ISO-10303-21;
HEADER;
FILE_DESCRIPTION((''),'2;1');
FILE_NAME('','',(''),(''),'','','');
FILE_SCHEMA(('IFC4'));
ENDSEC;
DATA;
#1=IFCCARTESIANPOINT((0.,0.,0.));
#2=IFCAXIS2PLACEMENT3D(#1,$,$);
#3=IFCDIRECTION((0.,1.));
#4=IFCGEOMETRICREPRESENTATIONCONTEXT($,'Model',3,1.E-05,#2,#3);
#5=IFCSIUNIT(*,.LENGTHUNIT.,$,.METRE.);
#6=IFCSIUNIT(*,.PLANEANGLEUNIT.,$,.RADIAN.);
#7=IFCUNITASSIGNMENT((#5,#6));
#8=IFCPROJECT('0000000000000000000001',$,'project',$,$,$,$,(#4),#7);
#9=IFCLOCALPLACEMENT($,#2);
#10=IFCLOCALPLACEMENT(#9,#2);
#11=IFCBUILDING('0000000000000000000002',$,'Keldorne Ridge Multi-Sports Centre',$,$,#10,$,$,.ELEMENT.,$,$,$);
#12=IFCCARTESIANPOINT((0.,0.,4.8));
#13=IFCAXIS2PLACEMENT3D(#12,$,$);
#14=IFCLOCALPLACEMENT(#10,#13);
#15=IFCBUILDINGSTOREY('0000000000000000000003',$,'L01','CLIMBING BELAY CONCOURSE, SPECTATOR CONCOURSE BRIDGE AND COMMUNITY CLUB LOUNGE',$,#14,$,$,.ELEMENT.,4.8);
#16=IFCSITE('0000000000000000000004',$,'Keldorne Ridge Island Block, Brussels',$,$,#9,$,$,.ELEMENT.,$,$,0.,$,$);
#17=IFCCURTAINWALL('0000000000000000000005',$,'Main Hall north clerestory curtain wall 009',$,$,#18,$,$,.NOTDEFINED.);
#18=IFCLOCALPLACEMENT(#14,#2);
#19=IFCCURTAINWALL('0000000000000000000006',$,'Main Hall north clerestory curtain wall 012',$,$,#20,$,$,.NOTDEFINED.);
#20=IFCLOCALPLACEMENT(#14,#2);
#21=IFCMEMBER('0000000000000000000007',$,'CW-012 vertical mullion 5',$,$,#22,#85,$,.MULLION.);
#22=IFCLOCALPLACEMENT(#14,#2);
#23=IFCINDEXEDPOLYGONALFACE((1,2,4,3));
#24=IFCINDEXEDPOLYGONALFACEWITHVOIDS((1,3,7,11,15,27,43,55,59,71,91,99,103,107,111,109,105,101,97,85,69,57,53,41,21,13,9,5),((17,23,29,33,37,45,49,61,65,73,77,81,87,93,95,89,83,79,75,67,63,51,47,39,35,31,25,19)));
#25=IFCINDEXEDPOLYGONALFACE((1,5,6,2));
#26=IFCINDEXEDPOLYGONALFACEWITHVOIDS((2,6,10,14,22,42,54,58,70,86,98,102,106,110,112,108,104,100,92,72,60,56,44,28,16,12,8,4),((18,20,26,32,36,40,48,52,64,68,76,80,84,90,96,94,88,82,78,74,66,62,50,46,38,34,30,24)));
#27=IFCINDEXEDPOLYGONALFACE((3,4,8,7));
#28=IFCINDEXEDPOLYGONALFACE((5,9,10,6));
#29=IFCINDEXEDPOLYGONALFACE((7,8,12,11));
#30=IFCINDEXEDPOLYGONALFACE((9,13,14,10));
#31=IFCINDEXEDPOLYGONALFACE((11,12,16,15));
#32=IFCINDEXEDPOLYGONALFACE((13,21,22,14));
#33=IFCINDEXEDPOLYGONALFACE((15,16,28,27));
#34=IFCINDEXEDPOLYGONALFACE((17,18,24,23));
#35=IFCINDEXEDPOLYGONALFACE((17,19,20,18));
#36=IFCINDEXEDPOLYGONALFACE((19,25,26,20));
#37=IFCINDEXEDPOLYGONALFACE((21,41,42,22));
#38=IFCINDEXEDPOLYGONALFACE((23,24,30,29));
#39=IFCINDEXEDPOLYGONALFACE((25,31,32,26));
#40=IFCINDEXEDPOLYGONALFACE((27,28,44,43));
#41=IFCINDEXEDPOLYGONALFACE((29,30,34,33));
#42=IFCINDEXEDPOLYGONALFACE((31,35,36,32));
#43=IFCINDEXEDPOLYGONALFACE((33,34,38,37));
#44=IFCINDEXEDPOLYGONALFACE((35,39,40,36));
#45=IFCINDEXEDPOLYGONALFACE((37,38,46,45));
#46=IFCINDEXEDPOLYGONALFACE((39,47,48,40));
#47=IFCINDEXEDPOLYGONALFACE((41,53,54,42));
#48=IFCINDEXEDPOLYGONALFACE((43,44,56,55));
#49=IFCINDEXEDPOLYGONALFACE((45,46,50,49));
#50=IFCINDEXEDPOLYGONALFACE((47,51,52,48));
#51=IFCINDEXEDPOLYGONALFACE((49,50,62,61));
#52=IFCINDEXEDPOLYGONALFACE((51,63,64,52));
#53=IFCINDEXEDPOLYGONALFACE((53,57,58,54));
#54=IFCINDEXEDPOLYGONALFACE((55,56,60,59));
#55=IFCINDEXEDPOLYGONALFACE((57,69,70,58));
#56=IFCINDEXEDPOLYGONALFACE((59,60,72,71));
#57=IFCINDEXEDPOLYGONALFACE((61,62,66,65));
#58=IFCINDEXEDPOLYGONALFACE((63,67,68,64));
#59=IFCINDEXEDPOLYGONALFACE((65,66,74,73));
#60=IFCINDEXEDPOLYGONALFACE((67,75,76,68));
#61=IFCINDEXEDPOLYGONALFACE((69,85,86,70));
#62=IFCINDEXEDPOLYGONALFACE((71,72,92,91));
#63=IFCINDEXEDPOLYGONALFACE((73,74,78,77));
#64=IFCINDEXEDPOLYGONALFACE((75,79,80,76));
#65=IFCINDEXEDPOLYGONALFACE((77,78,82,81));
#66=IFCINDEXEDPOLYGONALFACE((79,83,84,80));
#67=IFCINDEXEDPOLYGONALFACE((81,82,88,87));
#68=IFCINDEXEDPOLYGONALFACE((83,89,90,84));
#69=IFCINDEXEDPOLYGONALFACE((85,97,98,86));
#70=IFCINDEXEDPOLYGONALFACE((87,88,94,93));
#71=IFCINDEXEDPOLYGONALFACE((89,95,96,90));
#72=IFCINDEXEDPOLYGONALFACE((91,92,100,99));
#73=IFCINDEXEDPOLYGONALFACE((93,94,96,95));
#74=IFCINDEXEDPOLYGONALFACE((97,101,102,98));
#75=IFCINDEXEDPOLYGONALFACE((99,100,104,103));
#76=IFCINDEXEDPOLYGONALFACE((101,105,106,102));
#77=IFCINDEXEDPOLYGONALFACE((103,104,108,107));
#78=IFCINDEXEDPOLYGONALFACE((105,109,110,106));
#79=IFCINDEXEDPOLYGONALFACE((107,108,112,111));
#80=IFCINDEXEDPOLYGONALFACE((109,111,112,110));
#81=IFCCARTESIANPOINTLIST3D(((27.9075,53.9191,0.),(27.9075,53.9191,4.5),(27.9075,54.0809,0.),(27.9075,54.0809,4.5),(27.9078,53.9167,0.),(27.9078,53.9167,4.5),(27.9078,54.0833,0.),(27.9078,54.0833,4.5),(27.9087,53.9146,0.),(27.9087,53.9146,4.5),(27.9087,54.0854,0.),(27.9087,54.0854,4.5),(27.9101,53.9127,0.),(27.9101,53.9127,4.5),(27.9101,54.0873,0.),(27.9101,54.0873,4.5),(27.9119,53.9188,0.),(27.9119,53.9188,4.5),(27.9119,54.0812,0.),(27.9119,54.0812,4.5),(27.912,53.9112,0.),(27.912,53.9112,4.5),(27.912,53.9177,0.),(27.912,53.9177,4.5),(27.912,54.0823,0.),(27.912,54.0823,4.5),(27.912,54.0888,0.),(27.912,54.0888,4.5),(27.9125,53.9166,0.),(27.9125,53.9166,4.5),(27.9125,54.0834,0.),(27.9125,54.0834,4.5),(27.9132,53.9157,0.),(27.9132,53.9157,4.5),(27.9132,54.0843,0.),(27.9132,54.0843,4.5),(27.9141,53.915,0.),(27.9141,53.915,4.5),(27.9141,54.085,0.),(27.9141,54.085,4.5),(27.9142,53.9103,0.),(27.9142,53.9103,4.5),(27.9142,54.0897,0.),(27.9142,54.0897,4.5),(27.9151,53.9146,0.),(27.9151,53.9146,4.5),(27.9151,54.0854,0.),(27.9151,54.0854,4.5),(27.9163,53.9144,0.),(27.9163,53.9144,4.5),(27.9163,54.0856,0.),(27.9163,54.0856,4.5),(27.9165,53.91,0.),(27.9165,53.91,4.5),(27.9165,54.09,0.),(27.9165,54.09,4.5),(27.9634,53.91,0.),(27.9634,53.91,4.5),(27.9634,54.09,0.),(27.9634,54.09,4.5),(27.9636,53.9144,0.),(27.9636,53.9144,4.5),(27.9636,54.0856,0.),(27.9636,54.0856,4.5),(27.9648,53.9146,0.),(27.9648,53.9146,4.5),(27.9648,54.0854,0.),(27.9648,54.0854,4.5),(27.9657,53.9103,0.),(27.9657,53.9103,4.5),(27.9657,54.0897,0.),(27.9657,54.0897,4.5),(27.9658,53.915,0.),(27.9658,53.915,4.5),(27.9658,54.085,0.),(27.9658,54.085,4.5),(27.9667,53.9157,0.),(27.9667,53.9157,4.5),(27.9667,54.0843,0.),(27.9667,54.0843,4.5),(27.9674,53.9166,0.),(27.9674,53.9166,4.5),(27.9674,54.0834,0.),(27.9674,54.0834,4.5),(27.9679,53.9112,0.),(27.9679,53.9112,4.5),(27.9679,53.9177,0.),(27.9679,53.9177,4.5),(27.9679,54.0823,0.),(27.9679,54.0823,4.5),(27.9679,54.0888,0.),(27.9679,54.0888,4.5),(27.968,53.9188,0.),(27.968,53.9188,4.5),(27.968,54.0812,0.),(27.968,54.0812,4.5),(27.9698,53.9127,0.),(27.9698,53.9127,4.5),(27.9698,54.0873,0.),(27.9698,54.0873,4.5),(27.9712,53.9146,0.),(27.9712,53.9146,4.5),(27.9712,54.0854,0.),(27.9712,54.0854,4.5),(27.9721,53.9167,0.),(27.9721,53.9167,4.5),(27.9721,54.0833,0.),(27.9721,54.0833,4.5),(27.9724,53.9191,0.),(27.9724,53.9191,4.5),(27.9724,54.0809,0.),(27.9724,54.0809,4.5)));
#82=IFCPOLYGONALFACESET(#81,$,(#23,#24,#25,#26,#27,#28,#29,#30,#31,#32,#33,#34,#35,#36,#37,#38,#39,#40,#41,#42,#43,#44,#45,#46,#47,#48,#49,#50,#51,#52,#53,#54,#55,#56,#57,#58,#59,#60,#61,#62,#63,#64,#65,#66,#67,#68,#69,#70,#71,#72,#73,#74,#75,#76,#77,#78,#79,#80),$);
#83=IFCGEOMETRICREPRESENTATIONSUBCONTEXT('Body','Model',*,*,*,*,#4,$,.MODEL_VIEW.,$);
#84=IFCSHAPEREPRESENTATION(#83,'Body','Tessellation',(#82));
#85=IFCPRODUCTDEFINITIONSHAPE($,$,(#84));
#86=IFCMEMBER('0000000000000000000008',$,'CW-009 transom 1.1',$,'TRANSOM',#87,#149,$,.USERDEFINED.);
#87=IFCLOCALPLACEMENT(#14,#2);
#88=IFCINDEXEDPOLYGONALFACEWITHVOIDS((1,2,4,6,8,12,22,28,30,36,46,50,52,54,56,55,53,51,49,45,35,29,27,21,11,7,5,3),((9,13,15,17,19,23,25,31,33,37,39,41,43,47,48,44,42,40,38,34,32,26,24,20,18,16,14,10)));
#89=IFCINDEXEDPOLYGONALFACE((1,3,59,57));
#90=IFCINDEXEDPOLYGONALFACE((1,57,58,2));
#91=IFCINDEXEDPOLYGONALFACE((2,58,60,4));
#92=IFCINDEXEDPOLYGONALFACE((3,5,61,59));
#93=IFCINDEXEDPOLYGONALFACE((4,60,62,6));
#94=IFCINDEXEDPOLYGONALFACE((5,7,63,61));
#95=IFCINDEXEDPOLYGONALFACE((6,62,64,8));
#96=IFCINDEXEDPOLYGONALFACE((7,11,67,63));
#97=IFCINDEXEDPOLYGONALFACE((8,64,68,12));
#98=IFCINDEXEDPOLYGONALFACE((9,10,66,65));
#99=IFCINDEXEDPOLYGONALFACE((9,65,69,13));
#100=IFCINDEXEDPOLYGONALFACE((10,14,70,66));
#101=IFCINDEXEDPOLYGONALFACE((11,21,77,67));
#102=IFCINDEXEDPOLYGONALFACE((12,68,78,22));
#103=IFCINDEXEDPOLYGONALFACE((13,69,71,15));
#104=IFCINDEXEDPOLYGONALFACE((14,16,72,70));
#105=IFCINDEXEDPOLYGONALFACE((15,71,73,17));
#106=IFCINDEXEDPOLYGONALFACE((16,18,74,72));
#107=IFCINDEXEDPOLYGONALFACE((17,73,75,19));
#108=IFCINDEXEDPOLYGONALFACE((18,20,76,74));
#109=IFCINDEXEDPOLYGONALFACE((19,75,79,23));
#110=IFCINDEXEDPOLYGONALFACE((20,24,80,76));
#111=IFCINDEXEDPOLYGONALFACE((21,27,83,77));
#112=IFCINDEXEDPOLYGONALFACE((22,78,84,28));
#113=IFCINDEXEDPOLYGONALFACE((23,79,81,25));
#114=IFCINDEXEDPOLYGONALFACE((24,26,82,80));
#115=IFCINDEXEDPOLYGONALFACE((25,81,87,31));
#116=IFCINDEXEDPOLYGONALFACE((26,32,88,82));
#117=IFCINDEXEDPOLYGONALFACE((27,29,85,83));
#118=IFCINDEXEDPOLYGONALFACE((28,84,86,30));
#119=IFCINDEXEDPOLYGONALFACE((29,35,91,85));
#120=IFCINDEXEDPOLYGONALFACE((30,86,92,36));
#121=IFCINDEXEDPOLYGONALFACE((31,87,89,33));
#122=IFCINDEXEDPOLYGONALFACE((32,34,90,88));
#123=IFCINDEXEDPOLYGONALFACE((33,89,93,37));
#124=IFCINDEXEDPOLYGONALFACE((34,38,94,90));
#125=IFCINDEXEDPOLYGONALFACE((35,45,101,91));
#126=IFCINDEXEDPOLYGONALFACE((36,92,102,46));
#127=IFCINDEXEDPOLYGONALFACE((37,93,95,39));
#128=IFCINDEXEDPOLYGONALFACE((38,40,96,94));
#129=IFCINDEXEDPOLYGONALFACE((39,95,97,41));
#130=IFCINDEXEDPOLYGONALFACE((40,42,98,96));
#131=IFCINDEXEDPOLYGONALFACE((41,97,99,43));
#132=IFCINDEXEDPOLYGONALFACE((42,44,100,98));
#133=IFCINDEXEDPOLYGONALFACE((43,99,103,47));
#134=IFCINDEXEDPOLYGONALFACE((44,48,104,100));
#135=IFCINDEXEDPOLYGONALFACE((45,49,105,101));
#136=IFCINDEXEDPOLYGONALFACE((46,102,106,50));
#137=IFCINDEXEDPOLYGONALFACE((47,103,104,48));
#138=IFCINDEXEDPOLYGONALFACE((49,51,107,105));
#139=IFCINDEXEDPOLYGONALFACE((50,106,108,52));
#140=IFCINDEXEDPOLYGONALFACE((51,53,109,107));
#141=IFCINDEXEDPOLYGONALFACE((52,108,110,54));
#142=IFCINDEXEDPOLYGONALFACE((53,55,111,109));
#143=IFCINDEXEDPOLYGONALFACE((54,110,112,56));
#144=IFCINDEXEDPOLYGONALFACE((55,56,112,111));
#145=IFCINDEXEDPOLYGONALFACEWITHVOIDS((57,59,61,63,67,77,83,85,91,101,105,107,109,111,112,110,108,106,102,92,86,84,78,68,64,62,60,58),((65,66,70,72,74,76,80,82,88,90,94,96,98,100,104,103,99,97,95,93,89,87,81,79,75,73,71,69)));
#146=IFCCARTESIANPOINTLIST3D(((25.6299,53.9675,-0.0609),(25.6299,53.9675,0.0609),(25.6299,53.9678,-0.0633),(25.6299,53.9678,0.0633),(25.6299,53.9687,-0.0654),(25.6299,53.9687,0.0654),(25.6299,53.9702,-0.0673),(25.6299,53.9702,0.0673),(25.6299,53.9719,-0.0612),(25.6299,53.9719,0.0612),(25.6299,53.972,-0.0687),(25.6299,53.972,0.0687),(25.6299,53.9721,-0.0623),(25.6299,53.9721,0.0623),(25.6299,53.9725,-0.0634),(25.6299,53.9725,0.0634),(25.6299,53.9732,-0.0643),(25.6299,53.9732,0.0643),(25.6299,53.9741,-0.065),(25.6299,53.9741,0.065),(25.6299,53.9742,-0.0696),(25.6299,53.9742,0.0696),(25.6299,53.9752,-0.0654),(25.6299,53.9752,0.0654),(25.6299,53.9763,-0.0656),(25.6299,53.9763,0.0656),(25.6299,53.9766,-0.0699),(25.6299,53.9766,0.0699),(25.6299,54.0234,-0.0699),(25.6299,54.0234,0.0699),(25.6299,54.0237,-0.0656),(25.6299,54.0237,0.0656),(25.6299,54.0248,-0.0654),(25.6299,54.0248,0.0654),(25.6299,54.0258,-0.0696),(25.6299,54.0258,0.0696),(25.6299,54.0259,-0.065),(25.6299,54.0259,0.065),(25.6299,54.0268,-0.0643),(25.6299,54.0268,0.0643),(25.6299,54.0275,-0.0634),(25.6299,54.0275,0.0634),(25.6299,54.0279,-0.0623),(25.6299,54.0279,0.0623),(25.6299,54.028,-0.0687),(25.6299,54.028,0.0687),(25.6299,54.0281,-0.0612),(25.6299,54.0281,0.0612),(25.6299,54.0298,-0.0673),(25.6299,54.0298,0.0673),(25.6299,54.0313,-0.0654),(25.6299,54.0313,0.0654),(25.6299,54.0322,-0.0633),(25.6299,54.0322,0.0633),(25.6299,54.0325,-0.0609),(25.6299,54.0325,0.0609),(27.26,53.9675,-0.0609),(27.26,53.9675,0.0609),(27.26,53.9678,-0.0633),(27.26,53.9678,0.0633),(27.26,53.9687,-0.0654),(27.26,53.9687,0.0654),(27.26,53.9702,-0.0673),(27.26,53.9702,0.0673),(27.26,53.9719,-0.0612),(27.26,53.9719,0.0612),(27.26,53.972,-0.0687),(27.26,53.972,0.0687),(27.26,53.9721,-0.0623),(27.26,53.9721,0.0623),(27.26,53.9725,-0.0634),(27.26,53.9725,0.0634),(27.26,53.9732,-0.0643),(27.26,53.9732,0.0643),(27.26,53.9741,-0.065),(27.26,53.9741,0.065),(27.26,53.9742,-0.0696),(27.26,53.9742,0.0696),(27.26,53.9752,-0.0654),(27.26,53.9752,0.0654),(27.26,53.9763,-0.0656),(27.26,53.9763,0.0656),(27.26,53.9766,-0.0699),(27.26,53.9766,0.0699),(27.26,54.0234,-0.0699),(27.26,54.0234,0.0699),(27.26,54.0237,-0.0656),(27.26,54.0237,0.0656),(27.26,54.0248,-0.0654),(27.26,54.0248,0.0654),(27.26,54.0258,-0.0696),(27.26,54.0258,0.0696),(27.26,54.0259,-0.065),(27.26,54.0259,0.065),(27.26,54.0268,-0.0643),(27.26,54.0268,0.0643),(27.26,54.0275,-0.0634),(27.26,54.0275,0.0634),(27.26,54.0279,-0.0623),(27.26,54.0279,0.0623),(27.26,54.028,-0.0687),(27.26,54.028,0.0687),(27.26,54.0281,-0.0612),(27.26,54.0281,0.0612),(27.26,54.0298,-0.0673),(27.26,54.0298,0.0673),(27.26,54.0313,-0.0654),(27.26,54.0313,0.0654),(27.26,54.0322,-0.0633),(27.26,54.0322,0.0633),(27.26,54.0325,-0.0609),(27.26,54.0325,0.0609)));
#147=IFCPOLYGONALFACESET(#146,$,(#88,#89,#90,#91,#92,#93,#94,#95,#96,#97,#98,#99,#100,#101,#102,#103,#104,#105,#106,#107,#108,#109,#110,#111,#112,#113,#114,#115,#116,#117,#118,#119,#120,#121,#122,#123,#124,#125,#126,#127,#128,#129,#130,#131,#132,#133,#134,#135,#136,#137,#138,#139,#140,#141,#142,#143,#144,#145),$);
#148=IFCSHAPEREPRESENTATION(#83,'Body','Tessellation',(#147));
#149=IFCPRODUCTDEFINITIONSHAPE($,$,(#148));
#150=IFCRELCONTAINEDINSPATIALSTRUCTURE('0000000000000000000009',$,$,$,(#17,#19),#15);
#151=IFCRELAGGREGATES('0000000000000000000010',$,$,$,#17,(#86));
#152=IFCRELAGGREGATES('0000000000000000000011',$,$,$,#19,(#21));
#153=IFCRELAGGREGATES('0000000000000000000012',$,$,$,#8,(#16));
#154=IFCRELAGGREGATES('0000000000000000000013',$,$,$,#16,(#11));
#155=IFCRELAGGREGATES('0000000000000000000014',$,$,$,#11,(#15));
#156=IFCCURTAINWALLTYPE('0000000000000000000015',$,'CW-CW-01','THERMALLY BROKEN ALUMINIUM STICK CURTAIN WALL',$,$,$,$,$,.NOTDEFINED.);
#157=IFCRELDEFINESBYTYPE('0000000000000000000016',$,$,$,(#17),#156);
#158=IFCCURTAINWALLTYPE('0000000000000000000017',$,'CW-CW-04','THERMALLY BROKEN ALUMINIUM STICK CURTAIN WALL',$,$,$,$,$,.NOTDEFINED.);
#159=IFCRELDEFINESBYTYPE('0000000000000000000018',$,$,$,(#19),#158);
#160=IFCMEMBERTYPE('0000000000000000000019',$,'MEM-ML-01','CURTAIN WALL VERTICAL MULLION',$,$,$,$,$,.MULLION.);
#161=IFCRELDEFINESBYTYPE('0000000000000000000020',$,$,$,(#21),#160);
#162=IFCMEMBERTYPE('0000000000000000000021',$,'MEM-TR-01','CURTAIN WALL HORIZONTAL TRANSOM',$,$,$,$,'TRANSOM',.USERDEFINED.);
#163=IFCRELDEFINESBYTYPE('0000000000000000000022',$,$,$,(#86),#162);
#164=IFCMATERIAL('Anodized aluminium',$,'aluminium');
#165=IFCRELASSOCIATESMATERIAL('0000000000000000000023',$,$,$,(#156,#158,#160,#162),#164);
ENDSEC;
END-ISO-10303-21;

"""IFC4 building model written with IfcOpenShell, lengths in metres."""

from ifc_helpers import new_model, si_unit, direction, frame, origin, origin_2d, place, context, subcontext, project, spatial, hollow_rectangle, extrude, material, material_profile, profile_set, type_object, element, aggregate, save


model = new_model("IFC4")

# Units and contexts
model_context = context("Model", 3, precision=1e-05, world=origin(), true_north=direction((0.0, 1.0)))
body_context = subcontext(model_context, "Body", "Model", "MODEL_VIEW")
ifc_project = project(units=[si_unit("LENGTHUNIT", "METRE"), si_unit("PLANEANGLEUNIT", "RADIAN")], contexts=[model_context])

# Site, building, storey
site_placement = place(None, origin())
site = spatial("IfcSite", under=ifc_project, at=site_placement, Name="Keldorne Ridge Island Block, Brussels", CompositionType="ELEMENT", RefElevation=0.0)
building_placement = place(site_placement, origin())
building = spatial("IfcBuilding", under=site, at=building_placement, Name="Keldorne Ridge Multi-Sports Centre", CompositionType="ELEMENT")
storey_placement = place(building_placement, frame((0.0, 0.0, 4.8)))
storey = spatial("IfcBuildingStorey", under=building, at=storey_placement, Name="L01", Description="CLIMBING BELAY CONCOURSE, SPECTATOR CONCOURSE BRIDGE AND COMMUNITY CLUB LOUNGE", CompositionType="ELEMENT", Elevation=4.8)

# Curtain walls, member
ifc_material_1 = material(Name="Anodized aluminium", Category="aluminium")
curtain_wall_type_1 = type_object("IfcCurtainWallType", Name="CW-CW-01", Description="THERMALLY BROKEN ALUMINIUM STICK CURTAIN WALL", PredefinedType="NOTDEFINED", material=ifc_material_1)
curtain_wall_1_placement = place(storey_placement, origin())
curtain_wall_1 = element("IfcCurtainWall", 1, at=curtain_wall_1_placement, inside=storey, type_object=curtain_wall_type_1, Name="Main Hall north clerestory curtain wall 009", PredefinedType="NOTDEFINED")
ifc_material_profile_1 = material_profile(ifc_material_1, hollow_rectangle(XDim=0.0649, YDim=0.1799, WallThickness=0.0044, InnerFilletRadius=0.0044, OuterFilletRadius=0.009, at=origin_2d()), Name="ALU MULLION 180x65x4.5")
ifc_profile_set_1 = profile_set([ifc_material_profile_1], Name="Anodized aluminium")
member_type_1 = type_object("IfcMemberType", Name="MEM-ML-01", Description="CURTAIN WALL VERTICAL MULLION", PredefinedType="MULLION", material=ifc_profile_set_1)
curtain_wall_type_2 = type_object("IfcCurtainWallType", Name="CW-CW-04", Description="THERMALLY BROKEN ALUMINIUM STICK CURTAIN WALL", PredefinedType="NOTDEFINED", material=ifc_material_1)
curtain_wall_2_placement = place(storey_placement, origin())
curtain_wall_2 = element("IfcCurtainWall", 2, at=curtain_wall_2_placement, inside=storey, type_object=curtain_wall_type_2, Name="Main Hall north clerestory curtain wall 012", PredefinedType="NOTDEFINED")
member_1_placement = place(storey_placement, frame((27.9399, 54.0, 0.0), z_axis=(0.0, 0.0, 1.0), x_axis=(1.0, 0.0, 0.0)))
member_1 = element("IfcMember", 3, at=member_1_placement, type_object=member_type_1, Name="CW-012 vertical mullion 5", PredefinedType="MULLION", context=body_context, shape_type="SweptSolid", body=[
    extrude(hollow_rectangle(XDim=0.0649, YDim=0.1799, WallThickness=0.0044, InnerFilletRadius=0.0044, OuterFilletRadius=0.009, at=origin_2d()), origin(), (0.0, 0.0, 1.0), 4.5),
])

# Member
ifc_material_profile_2 = material_profile(ifc_material_1, hollow_rectangle(XDim=0.0649, YDim=0.1399, WallThickness=0.0044, InnerFilletRadius=0.0044, OuterFilletRadius=0.009, at=origin_2d()), Name="ALU TRANSOM 140x65x4.5")
ifc_profile_set_2 = profile_set([ifc_material_profile_2], Name="Anodized aluminium")
member_type_2 = type_object("IfcMemberType", Name="MEM-TR-01", Description="CURTAIN WALL HORIZONTAL TRANSOM", ElementType="TRANSOM", PredefinedType="USERDEFINED", material=ifc_profile_set_2)
member_2_placement = place(storey_placement, frame((27.26, 54.0, 0.0), z_axis=(-1.0, 0.0, 0.0), x_axis=(0.0, -1.0, 0.0)))
member_2 = element("IfcMember", 4, at=member_2_placement, type_object=member_type_2, Name="CW-009 transom 1.1", ObjectType="TRANSOM", PredefinedType="USERDEFINED", context=body_context, shape_type="SweptSolid", body=[
    extrude(hollow_rectangle(XDim=0.0649, YDim=0.1399, WallThickness=0.0044, InnerFilletRadius=0.0044, OuterFilletRadius=0.009, at=origin_2d()), origin(), (0.0, 0.0, 1.0), 1.6301),
])

aggregate(curtain_wall_1, [member_2])
aggregate(curtain_wall_2, [member_1])

save(model, "model.ifc")
